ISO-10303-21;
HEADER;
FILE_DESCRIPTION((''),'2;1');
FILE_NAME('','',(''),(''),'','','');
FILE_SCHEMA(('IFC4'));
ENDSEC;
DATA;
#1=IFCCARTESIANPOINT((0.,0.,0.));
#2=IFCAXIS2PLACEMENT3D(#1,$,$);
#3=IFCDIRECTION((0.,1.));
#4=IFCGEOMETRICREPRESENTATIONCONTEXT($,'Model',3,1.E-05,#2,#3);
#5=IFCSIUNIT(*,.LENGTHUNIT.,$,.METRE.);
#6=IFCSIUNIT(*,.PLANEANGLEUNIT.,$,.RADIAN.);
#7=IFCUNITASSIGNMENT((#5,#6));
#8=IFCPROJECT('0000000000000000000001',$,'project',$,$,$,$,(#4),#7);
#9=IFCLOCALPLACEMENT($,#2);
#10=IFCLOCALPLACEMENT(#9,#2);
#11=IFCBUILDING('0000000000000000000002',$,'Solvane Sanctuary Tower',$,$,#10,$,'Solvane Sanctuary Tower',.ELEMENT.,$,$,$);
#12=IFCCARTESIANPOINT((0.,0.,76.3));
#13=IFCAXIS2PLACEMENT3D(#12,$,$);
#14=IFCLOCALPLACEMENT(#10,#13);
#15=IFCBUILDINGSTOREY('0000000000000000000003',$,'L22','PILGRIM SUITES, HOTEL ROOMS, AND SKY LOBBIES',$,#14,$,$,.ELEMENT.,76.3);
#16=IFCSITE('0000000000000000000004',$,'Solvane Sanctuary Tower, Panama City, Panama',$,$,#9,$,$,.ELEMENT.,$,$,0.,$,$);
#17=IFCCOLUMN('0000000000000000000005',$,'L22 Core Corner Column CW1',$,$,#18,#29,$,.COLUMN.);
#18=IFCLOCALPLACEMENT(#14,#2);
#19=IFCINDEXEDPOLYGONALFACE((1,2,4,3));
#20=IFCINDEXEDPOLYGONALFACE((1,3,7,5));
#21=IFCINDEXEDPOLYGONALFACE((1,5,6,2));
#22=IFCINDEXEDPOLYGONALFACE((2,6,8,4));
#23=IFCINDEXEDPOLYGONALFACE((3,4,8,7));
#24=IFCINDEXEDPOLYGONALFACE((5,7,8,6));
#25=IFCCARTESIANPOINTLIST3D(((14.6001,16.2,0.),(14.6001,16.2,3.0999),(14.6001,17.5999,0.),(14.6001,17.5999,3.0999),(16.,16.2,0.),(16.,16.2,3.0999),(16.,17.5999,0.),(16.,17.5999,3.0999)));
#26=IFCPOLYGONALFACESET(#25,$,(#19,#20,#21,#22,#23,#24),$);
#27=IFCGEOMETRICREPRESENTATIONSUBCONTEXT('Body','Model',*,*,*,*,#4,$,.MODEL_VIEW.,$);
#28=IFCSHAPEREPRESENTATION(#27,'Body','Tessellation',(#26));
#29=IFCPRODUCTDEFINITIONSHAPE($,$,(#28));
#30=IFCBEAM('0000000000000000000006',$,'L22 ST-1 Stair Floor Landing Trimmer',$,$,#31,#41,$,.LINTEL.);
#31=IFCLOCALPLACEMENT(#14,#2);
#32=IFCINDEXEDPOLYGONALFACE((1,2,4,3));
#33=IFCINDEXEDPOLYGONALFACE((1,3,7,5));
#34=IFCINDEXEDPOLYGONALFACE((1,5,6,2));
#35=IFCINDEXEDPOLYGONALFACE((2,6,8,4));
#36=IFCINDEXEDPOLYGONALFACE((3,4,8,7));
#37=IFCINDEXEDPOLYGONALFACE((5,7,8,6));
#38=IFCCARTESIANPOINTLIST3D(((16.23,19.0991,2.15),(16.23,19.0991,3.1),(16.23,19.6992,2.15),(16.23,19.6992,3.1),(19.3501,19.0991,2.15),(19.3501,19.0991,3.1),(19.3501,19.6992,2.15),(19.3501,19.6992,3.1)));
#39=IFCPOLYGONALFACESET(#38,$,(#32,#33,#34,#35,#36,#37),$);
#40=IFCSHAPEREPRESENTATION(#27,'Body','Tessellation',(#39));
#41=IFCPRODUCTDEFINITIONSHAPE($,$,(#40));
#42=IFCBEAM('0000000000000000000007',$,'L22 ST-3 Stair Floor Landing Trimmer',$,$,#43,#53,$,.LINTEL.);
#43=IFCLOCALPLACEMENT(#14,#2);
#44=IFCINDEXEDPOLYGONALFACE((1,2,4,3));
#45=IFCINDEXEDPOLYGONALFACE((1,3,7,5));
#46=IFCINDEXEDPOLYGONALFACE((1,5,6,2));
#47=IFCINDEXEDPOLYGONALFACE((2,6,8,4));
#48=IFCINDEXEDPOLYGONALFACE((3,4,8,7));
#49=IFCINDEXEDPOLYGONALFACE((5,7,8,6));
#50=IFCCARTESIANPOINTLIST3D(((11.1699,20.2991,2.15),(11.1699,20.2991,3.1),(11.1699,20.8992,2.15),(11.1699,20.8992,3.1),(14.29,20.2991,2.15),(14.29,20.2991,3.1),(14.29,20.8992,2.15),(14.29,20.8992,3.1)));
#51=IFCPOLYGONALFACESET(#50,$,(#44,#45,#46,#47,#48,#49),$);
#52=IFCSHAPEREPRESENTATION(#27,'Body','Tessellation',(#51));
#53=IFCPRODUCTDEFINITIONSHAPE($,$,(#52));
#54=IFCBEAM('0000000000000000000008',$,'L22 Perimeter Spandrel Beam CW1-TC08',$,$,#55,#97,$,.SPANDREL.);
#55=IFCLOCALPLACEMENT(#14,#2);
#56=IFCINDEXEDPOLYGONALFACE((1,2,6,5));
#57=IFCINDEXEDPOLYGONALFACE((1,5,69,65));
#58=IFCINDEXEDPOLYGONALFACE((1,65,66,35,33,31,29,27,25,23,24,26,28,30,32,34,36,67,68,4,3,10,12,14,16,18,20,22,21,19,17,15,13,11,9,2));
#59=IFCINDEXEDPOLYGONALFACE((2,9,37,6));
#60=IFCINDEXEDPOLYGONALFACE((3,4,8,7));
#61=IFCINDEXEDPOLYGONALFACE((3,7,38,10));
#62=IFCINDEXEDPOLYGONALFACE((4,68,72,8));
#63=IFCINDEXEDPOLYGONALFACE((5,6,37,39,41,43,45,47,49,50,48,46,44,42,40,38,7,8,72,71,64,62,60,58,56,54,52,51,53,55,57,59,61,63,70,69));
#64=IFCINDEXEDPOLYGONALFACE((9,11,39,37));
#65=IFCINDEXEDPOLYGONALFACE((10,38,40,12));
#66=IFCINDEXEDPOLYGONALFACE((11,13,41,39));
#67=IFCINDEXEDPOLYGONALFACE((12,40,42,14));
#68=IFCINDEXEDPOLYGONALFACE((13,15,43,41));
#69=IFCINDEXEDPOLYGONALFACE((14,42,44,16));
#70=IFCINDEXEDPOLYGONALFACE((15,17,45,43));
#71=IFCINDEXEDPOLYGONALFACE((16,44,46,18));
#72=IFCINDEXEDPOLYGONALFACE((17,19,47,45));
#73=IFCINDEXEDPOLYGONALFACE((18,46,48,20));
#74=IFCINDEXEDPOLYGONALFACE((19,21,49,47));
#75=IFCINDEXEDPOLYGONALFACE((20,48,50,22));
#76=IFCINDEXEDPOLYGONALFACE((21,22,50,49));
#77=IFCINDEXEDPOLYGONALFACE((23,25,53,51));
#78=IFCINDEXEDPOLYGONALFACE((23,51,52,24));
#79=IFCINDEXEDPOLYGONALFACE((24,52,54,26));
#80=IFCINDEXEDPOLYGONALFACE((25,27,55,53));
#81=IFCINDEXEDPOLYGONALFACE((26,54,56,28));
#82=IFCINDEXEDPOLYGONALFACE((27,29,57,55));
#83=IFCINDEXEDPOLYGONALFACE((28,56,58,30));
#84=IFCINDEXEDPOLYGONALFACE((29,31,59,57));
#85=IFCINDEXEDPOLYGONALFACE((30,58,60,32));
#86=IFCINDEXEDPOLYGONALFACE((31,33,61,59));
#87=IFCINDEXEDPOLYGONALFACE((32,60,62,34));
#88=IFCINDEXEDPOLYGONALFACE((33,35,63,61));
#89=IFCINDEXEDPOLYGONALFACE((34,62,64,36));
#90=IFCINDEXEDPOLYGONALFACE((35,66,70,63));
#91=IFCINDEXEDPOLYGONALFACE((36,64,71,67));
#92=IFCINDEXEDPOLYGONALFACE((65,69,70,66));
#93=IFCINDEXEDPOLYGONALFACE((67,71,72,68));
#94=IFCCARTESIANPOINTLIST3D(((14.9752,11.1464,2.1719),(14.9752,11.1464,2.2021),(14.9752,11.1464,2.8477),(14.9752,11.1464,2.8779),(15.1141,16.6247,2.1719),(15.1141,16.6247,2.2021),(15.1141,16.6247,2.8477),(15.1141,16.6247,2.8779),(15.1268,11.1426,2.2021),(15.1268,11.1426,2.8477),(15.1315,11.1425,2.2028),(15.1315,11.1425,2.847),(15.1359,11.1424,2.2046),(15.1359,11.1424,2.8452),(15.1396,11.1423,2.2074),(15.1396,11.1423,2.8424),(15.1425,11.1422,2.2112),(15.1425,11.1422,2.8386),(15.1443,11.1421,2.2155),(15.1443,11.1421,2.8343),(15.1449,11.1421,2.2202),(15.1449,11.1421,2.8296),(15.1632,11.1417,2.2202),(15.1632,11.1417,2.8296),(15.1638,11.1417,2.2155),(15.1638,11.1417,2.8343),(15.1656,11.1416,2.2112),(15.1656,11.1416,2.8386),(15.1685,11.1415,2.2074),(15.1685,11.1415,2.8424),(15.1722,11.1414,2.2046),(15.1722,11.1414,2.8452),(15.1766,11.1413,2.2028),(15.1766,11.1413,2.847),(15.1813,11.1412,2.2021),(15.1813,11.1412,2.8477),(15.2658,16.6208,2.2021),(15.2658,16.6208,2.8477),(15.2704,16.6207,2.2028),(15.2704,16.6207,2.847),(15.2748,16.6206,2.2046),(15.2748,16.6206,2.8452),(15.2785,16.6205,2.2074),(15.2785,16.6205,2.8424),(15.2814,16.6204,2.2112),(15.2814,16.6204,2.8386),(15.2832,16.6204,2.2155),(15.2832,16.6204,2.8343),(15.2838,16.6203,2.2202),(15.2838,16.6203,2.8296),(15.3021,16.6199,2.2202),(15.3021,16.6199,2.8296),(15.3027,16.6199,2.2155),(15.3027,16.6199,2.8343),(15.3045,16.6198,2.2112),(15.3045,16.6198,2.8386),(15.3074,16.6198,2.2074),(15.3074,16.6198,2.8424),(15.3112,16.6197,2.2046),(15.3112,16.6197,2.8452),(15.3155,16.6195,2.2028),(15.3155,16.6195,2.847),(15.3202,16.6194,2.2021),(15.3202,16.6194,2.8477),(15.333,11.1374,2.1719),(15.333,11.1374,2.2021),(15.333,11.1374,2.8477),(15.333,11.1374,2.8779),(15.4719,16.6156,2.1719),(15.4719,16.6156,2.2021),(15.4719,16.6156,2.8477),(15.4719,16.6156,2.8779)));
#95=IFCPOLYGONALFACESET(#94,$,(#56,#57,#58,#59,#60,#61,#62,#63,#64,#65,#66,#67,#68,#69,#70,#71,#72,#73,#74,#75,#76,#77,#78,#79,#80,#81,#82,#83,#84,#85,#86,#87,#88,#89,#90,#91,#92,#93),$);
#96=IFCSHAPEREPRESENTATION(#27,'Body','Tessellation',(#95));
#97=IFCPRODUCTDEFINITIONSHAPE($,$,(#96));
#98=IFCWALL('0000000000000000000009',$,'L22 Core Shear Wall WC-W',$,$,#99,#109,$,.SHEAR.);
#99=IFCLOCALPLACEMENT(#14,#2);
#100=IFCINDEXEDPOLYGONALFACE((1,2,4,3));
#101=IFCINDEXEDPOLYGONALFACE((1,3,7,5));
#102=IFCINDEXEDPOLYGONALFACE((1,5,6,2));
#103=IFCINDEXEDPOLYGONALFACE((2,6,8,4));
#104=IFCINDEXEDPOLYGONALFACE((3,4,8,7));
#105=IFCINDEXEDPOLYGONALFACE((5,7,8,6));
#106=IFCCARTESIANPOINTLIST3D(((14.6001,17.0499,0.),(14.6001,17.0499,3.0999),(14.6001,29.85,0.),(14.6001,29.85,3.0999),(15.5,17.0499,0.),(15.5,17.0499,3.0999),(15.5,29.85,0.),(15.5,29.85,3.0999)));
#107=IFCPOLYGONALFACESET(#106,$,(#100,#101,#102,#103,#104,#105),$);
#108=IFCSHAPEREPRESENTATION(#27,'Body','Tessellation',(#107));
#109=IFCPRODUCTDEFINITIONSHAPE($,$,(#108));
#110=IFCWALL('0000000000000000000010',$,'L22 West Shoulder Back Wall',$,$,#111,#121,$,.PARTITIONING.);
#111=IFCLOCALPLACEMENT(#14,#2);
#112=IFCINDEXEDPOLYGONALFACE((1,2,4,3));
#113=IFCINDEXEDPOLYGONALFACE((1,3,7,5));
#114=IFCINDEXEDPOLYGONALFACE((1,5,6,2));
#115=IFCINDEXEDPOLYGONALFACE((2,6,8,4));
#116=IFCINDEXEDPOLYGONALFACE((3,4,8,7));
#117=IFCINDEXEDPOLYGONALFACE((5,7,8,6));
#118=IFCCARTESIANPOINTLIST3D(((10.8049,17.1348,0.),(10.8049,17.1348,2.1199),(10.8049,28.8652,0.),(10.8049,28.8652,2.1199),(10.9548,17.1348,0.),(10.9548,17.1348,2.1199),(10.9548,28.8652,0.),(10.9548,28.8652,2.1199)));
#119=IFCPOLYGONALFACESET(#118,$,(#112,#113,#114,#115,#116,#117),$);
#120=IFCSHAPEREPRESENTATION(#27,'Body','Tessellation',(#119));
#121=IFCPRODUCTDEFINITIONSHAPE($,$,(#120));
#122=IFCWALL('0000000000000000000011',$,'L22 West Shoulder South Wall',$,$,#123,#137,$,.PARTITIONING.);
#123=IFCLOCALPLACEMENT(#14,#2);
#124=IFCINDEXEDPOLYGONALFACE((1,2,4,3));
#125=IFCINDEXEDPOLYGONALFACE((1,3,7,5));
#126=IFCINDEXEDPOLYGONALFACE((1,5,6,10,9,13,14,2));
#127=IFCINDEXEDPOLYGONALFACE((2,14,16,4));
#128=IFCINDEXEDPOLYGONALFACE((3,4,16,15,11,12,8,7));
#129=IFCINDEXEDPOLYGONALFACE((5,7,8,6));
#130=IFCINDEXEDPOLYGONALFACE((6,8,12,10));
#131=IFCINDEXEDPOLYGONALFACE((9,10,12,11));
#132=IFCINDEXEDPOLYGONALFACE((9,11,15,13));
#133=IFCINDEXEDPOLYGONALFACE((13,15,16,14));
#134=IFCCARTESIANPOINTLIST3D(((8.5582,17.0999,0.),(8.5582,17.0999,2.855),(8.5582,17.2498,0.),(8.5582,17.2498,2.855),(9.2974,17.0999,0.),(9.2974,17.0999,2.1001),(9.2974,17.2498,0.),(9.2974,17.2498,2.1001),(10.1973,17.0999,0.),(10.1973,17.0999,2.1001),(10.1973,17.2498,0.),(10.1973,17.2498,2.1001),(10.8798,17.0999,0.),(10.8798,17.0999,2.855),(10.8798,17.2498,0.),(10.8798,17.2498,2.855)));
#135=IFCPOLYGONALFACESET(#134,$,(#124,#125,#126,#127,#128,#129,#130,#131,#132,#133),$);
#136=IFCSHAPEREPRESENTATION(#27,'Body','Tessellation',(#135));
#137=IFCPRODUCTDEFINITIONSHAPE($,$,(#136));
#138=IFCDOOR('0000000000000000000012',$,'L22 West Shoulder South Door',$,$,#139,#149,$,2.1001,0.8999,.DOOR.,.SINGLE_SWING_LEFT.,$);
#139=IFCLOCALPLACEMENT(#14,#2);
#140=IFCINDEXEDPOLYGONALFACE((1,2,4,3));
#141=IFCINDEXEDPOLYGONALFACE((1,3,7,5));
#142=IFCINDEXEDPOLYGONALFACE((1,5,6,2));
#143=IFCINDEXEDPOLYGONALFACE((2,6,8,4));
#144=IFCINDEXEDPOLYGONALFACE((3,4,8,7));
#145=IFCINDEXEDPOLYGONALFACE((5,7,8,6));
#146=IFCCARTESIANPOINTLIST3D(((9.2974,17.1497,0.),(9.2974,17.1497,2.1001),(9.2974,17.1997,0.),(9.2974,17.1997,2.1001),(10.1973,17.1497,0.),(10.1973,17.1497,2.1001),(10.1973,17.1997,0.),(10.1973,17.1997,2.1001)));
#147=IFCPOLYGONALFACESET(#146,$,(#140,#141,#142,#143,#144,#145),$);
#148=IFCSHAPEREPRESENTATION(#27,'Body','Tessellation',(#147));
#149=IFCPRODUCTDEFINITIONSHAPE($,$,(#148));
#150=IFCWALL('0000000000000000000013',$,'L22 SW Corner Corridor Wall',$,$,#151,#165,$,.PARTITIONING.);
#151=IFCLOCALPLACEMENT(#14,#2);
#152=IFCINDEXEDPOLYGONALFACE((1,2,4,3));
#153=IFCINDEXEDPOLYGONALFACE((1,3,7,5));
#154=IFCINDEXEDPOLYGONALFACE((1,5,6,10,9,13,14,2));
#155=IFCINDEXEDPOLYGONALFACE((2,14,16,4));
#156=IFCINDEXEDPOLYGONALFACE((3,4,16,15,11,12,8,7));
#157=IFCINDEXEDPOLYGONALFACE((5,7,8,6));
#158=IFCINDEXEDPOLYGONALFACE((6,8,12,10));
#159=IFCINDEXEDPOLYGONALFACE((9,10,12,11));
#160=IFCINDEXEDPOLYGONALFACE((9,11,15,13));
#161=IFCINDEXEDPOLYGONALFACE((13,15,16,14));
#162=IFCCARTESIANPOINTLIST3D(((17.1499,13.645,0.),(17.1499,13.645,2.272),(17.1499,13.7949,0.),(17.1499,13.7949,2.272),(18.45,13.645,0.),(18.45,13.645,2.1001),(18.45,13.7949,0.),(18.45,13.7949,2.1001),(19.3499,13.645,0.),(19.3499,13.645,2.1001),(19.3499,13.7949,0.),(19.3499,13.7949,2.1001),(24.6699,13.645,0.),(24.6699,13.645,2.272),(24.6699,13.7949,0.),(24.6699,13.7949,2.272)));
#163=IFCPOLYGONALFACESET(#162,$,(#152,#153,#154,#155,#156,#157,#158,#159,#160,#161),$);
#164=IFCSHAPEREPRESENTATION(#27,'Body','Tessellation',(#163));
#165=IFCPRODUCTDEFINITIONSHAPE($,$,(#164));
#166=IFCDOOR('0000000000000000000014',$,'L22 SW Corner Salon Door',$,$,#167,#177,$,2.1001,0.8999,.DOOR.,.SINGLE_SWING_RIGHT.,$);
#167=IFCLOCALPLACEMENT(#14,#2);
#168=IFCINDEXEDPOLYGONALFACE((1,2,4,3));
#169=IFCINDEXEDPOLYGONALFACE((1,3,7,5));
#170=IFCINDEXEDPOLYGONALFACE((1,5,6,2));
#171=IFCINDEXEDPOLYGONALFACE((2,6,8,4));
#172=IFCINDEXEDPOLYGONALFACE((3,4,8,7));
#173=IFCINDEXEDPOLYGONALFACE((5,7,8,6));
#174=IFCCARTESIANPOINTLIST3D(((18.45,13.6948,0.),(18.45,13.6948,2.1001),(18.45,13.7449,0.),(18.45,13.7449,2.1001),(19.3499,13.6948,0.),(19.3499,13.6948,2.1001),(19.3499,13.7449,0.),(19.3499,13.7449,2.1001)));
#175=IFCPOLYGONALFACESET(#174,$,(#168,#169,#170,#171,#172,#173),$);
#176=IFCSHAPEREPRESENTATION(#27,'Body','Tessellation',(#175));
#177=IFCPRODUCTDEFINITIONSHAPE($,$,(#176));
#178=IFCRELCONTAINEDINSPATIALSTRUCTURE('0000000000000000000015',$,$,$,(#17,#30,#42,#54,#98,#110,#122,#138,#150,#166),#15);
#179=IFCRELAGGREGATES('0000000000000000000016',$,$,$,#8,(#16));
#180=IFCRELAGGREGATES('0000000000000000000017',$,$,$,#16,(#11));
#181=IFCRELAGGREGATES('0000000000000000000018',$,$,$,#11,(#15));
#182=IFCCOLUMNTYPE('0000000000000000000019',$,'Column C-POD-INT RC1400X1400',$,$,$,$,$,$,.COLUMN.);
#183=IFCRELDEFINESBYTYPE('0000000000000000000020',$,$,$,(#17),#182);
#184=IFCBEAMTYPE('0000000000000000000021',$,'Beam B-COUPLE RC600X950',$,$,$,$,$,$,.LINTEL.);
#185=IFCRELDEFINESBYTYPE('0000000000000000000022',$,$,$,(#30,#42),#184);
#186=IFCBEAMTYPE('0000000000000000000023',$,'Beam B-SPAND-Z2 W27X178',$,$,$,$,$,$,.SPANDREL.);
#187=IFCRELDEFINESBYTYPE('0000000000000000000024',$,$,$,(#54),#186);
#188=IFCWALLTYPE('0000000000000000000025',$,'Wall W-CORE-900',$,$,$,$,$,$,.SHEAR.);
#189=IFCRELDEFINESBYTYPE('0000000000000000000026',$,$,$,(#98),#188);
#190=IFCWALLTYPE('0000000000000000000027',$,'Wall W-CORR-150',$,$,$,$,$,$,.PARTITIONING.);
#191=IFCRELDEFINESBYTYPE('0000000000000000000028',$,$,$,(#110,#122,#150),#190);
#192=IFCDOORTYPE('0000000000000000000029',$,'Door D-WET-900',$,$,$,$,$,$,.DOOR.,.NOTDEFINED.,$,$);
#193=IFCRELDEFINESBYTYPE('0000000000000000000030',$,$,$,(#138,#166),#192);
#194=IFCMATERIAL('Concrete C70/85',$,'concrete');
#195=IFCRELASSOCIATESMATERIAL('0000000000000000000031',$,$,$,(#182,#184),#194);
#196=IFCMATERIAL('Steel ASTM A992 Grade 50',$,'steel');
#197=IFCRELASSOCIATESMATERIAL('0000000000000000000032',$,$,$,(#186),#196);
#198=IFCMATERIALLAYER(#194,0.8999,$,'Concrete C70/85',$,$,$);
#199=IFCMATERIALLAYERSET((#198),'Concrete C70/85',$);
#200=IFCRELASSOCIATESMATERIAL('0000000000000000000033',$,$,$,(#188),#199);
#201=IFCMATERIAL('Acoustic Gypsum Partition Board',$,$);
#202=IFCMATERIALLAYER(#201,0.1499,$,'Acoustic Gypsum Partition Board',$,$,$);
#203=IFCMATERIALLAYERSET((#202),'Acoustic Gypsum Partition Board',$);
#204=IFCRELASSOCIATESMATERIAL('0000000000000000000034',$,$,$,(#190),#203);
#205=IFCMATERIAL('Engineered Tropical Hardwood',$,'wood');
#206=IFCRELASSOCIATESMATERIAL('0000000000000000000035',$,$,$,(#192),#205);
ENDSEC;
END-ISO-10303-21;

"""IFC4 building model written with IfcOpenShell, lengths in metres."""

from ifc_helpers import new_model, si_unit, direction, frame, frame_2d, origin, origin_2d, place, context, subcontext, project, spatial, rectangle, i_section, extrude, material, layer, layer_set, material_profile, profile_set, type_object, element, fill, save


model = new_model("IFC4")

# Units and contexts
model_context = context("Model", 3, precision=1e-05, world=origin(), true_north=direction((0.0, 1.0)))
body_context = subcontext(model_context, "Body", "Model", "MODEL_VIEW")
ifc_project = project(units=[si_unit("LENGTHUNIT", "METRE"), si_unit("PLANEANGLEUNIT", "RADIAN")], contexts=[model_context])

# Site, building, storey
site_placement = place(None, origin())
site = spatial("IfcSite", under=ifc_project, at=site_placement, Name="Solvane Sanctuary Tower, Panama City, Panama", CompositionType="ELEMENT", RefElevation=0.0)
building_placement = place(site_placement, origin())
building = spatial("IfcBuilding", under=site, at=building_placement, Name="Solvane Sanctuary Tower", LongName="Solvane Sanctuary Tower", CompositionType="ELEMENT")
storey_placement = place(building_placement, frame((0.0, 0.0, 76.3)))
storey = spatial("IfcBuildingStorey", under=building, at=storey_placement, Name="L22", Description="PILGRIM SUITES, HOTEL ROOMS, AND SKY LOBBIES", CompositionType="ELEMENT", Elevation=76.3)

# Column
ifc_material_1 = material(Name="Concrete C70/85", Category="concrete")
ifc_material_profile_1 = material_profile(ifc_material_1, rectangle(XDim=1.3999, YDim=1.3999, at=origin_2d()), Name="RC1400X1400")
ifc_profile_set_1 = profile_set([ifc_material_profile_1], Name="Concrete C70/85")
column_type = type_object("IfcColumnType", Name="Column C-POD-INT RC1400X1400", PredefinedType="COLUMN", material=ifc_profile_set_1)
column_placement = place(storey_placement, frame((15.3, 16.8999, 0.0), z_axis=(0.0, 0.0, 1.0), x_axis=(1.0, 0.0, 0.0)))
element("IfcColumn", 1, at=column_placement, inside=storey, type_object=column_type, Name="L22 Core Corner Column CW1", PredefinedType="COLUMN", context=body_context, shape_type="SweptSolid", body=[
    extrude(rectangle(XDim=1.3999, YDim=1.3999, at=origin_2d()), origin(), (0.0, 0.0, 1.0), 3.0999),
])

# Beams
ifc_material_profile_2 = material_profile(ifc_material_1, rectangle(XDim=0.6001, YDim=0.95, at=origin_2d()), Name="RC600X950")
ifc_profile_set_2 = profile_set([ifc_material_profile_2], Name="Concrete C70/85")
beam_type_1 = type_object("IfcBeamType", Name="Beam B-COUPLE RC600X950", PredefinedType="LINTEL", material=ifc_profile_set_2)
for number, where, z_axis, x_axis, name in (
    (2, (16.23, 19.3992, 2.625), (1.0, 0.0, 0.0), (0.0, 1.0, 0.0), "L22 ST-1 Stair Floor Landing Trimmer"),
    (3, (11.1699, 20.5991, 2.625), (1.0, 0.0, 0.0), (0.0, 1.0, 0.0), "L22 ST-3 Stair Floor Landing Trimmer"),
):
    element("IfcBeam", number, at=place(storey_placement, frame(where, z_axis=z_axis, x_axis=x_axis)), inside=storey, type_object=beam_type_1, Name=name, PredefinedType="LINTEL", context=body_context, shape_type="SweptSolid", body=[
        extrude(rectangle(XDim=0.6001, YDim=0.95, at=origin_2d()), origin(), (0.0, 0.0, 1.0), 3.1201),
    ])
ifc_material_2 = material(Name="Steel ASTM A992 Grade 50", Category="steel")
ifc_material_profile_3 = material_profile(ifc_material_2, i_section(OverallWidth=0.3579, OverallDepth=0.7061, WebThickness=0.0183, FlangeThickness=0.0303, FilletRadius=0.0181, at=origin_2d()), Name="W27X178")
ifc_profile_set_3 = profile_set([ifc_material_profile_3], Name="Steel ASTM A992 Grade 50")
beam_type_2 = type_object("IfcBeamType", Name="Beam B-SPAND-Z2 W27X178", PredefinedType="SPANDREL", material=ifc_profile_set_3)
beam_placement = place(storey_placement, frame((15.293, 16.6201, 2.5249), z_axis=(-0.025349, -0.999679, 0.0), x_axis=(0.999679, -0.025349, 0.0)))
element("IfcBeam", 4, at=beam_placement, inside=storey, type_object=beam_type_2, Name="L22 Perimeter Spandrel Beam CW1-TC08", PredefinedType="SPANDREL", context=body_context, shape_type="SweptSolid", body=[
    extrude(i_section(OverallWidth=0.3579, OverallDepth=0.7061, WebThickness=0.0183, FlangeThickness=0.0303, FilletRadius=0.0181, at=origin_2d()), origin(), (0.0, 0.0, 1.0), 5.48),
])

# Walls
ifc_layer_1 = layer(ifc_material_1, 0.8999, Name="Concrete C70/85")
ifc_layer_set_1 = layer_set([ifc_layer_1], Name="Concrete C70/85")
wall_type_1 = type_object("IfcWallType", Name="Wall W-CORE-900", PredefinedType="SHEAR", material=ifc_layer_set_1)
wall_1_placement = place(storey_placement, frame((15.05, 17.05, 0.0), z_axis=(0.0, 0.0, 1.0), x_axis=(0.0, 1.0, 0.0)))
element("IfcWall", 5, at=wall_1_placement, inside=storey, type_object=wall_type_1, Name="L22 Core Shear Wall WC-W", PredefinedType="SHEAR", context=body_context, shape_type="SweptSolid", body=[
    extrude(rectangle(XDim=12.8, YDim=0.8999, at=frame_2d((6.3999, 0.0))), origin(), (0.0, 0.0, 1.0), 3.0999),
])
ifc_material_3 = material(Name="Acoustic Gypsum Partition Board")
ifc_layer_2 = layer(ifc_material_3, 0.1499, Name="Acoustic Gypsum Partition Board")
ifc_layer_set_2 = layer_set([ifc_layer_2], Name="Acoustic Gypsum Partition Board")
wall_type_2 = type_object("IfcWallType", Name="Wall W-CORR-150", PredefinedType="PARTITIONING", material=ifc_layer_set_2)
wall_2_placement = place(storey_placement, frame((10.8799, 17.1348, 0.0), z_axis=(0.0, 0.0, 1.0), x_axis=(0.0, 1.0, 0.0)))
element("IfcWall", 6, at=wall_2_placement, inside=storey, type_object=wall_type_2, Name="L22 West Shoulder Back Wall", PredefinedType="PARTITIONING", context=body_context, shape_type="SweptSolid", body=[
    extrude(rectangle(XDim=11.7305, YDim=0.1499, at=frame_2d((5.8652, 0.0))), origin(), (0.0, 0.0, 1.0), 2.1199),
])

# Walls, openings, doors
wall_3_placement = place(storey_placement, frame((8.5583, 17.1748, 0.0), z_axis=(0.0, 0.0, 1.0), x_axis=(1.0, 0.0, 0.0)))
wall_3 = element("IfcWall", 7, at=wall_3_placement, inside=storey, type_object=wall_type_2, Name="L22 West Shoulder South Wall", PredefinedType="PARTITIONING", context=body_context, shape_type="SweptSolid", body=[
    extrude(rectangle(XDim=2.3215, YDim=0.1499, at=frame_2d((1.1606, 0.0))), origin(), (0.0, 0.0, 1.0), 2.855),
])
opening_1_placement = place(wall_3_placement, frame((0.739, 0.0, 0.0)))
opening_1 = element("IfcOpeningElement", 8, at=opening_1_placement, cuts=wall_3, PredefinedType="OPENING", context=body_context, shape_type="SweptSolid", body=[
    extrude(rectangle(XDim=0.8999, YDim=2.1001, at=frame_2d((0.45, 1.05))), frame((0.0, 0.085, 0.0), z_axis=(0.0, -1.0, 0.0), x_axis=(1.0, 0.0, 0.0)), (0.0, 0.0, 1.0), 0.1699),
])
ifc_material_4 = material(Name="Engineered Tropical Hardwood", Category="wood")
door_type_1 = type_object("IfcDoorType", Name="Door D-WET-900", OperationType="NOTDEFINED", PredefinedType="DOOR", material=ifc_material_4)
door_1_placement = place(opening_1_placement, origin())
door_1 = element("IfcDoor", 9, at=door_1_placement, inside=storey, type_object=door_type_1, Name="L22 West Shoulder South Door", OperationType="SINGLE_SWING_LEFT", OverallHeight=2.1001, OverallWidth=0.8999, PredefinedType="DOOR", context=body_context, shape_type="SweptSolid", body=[
    extrude(rectangle(XDim=0.8999, YDim=2.1001, at=frame_2d((0.45, 1.05))), frame((0.0, 0.0249, 0.0), z_axis=(0.0, -1.0, 0.0), x_axis=(1.0, 0.0, 0.0)), (0.0, 0.0, 1.0), 0.05),
])
fill(opening_1, door_1)
wall_4_placement = place(storey_placement, frame((17.1499, 13.72, 0.0), z_axis=(0.0, 0.0, 1.0), x_axis=(1.0, 0.0, 0.0)))
wall_4 = element("IfcWall", 10, at=wall_4_placement, inside=storey, type_object=wall_type_2, Name="L22 SW Corner Corridor Wall", PredefinedType="PARTITIONING", context=body_context, shape_type="SweptSolid", body=[
    extrude(rectangle(XDim=7.52, YDim=0.1499, at=frame_2d((3.76, 0.0))), origin(), (0.0, 0.0, 1.0), 2.272),
])
opening_2_placement = place(wall_4_placement, frame((1.3, 0.0, 0.0)))
opening_2 = element("IfcOpeningElement", 11, at=opening_2_placement, cuts=wall_4, PredefinedType="OPENING", context=body_context, shape_type="SweptSolid", body=[
    extrude(rectangle(XDim=0.8999, YDim=2.1001, at=frame_2d((0.45, 1.05))), frame((0.0, 0.085, 0.0), z_axis=(0.0, -1.0, 0.0), x_axis=(1.0, 0.0, 0.0)), (0.0, 0.0, 1.0), 0.1699),
])
door_2_placement = place(opening_2_placement, origin())
door_2 = element("IfcDoor", 12, at=door_2_placement, inside=storey, type_object=door_type_1, Name="L22 SW Corner Salon Door", OperationType="SINGLE_SWING_RIGHT", OverallHeight=2.1001, OverallWidth=0.8999, PredefinedType="DOOR", context=body_context, shape_type="SweptSolid", body=[
    extrude(rectangle(XDim=0.8999, YDim=2.1001, at=frame_2d((0.45, 1.05))), frame((0.0, 0.0249, 0.0), z_axis=(0.0, -1.0, 0.0), x_axis=(1.0, 0.0, 0.0)), (0.0, 0.0, 1.0), 0.05),
])
fill(opening_2, door_2)

save(model, "model.ifc")
